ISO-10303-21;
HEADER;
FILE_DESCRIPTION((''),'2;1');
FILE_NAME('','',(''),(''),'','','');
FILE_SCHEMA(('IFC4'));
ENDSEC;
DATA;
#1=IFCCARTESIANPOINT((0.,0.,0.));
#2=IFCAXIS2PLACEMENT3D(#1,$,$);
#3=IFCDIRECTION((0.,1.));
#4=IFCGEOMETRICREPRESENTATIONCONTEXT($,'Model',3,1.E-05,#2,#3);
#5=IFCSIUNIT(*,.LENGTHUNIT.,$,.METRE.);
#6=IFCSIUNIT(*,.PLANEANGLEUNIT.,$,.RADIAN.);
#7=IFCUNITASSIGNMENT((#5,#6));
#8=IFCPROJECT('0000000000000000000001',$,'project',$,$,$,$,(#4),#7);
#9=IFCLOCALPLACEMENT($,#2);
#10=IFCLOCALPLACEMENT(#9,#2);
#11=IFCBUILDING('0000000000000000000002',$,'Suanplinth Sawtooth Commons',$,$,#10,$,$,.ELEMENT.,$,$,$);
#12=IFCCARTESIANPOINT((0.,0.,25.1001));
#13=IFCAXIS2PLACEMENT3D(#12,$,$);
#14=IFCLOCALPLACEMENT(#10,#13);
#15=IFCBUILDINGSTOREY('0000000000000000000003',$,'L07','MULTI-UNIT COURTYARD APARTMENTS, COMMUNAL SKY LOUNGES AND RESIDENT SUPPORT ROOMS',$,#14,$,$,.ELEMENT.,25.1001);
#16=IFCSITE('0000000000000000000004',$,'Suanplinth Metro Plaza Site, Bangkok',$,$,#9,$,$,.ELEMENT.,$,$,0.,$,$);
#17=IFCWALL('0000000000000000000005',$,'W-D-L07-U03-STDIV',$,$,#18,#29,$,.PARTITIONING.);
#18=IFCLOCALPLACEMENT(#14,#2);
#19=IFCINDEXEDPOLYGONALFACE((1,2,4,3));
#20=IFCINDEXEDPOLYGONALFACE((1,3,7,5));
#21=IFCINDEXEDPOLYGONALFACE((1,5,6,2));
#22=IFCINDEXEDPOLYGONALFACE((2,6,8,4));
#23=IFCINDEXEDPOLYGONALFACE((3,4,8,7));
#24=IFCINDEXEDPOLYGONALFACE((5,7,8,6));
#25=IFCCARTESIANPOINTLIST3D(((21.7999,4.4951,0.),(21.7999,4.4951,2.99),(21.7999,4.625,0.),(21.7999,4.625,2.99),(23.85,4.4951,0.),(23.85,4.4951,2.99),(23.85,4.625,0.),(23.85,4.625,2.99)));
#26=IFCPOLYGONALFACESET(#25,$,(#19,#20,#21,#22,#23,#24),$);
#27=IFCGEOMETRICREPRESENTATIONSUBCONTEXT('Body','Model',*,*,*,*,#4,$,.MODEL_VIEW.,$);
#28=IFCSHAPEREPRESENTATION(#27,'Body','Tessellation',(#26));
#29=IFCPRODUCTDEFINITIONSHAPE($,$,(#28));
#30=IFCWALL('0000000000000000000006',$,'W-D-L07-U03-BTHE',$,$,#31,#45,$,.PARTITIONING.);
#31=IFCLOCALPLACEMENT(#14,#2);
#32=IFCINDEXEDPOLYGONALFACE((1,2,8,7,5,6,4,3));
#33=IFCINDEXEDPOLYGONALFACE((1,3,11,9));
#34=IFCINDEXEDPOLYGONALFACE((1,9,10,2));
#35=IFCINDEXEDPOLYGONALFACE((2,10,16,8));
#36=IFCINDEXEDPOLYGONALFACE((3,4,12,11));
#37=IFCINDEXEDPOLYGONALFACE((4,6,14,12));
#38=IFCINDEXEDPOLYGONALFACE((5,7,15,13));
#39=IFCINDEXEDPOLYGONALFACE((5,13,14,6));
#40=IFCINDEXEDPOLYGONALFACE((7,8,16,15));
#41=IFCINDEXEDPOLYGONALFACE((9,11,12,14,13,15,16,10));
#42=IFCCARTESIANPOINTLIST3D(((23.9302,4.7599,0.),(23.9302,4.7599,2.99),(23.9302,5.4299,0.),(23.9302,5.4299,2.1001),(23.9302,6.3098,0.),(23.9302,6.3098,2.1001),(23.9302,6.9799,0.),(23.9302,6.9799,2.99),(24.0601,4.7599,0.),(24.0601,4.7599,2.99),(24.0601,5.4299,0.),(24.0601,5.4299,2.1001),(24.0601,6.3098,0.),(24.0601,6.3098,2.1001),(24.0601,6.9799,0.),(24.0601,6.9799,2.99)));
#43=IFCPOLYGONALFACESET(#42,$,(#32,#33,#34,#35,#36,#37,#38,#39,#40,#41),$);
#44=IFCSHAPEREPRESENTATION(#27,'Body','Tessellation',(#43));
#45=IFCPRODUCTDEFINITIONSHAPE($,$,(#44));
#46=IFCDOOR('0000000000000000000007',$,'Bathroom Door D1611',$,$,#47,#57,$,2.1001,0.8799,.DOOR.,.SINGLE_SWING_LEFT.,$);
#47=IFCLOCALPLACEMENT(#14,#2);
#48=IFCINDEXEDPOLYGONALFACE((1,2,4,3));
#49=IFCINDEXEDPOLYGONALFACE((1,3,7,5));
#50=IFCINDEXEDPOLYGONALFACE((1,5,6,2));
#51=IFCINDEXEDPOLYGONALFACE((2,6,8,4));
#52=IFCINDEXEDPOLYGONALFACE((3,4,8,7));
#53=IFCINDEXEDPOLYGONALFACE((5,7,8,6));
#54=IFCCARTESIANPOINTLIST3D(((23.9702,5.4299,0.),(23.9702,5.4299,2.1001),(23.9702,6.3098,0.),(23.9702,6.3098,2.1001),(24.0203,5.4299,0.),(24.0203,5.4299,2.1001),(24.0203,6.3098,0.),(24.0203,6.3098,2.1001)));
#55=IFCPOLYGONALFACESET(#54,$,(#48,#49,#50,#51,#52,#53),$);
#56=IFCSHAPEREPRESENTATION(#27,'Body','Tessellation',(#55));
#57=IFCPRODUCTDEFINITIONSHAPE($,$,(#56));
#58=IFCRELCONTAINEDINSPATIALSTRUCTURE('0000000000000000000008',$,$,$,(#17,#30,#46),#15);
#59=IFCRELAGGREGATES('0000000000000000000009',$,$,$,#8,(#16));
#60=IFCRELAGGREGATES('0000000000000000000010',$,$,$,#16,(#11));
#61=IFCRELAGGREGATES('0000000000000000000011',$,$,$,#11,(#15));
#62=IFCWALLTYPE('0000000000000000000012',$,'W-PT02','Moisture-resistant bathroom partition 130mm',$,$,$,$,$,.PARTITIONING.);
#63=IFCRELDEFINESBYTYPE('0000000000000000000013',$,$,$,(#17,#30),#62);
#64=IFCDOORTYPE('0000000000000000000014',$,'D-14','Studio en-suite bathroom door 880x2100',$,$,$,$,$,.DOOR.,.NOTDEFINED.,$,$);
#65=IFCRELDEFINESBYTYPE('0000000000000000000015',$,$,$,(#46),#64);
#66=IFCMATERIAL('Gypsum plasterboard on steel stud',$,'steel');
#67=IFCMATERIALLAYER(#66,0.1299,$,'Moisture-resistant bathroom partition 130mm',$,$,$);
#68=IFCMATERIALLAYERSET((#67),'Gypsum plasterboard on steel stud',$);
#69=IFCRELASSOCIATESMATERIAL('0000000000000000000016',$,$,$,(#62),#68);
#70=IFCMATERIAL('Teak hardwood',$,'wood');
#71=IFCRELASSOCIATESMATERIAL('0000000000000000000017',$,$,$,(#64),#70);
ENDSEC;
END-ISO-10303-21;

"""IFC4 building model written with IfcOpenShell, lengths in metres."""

from ifc_helpers import new_model, si_unit, direction, frame, frame_2d, origin, place, context, subcontext, project, spatial, rectangle, extrude, material, layer, layer_set, type_object, element, fill, save


model = new_model("IFC4")

# Units and contexts
model_context = context("Model", 3, precision=1e-05, world=origin(), true_north=direction((0.0, 1.0)))
body_context = subcontext(model_context, "Body", "Model", "MODEL_VIEW")
ifc_project = project(units=[si_unit("LENGTHUNIT", "METRE"), si_unit("PLANEANGLEUNIT", "RADIAN")], contexts=[model_context])

# Site, building, storey
site_placement = place(None, origin())
site = spatial("IfcSite", under=ifc_project, at=site_placement, Name="Suanplinth Metro Plaza Site, Bangkok", CompositionType="ELEMENT", RefElevation=0.0)
building_placement = place(site_placement, origin())
building = spatial("IfcBuilding", under=site, at=building_placement, Name="Suanplinth Sawtooth Commons", CompositionType="ELEMENT")
storey_placement = place(building_placement, frame((0.0, 0.0, 25.1001)))
storey = spatial("IfcBuildingStorey", under=building, at=storey_placement, Name="L07", Description="MULTI-UNIT COURTYARD APARTMENTS, COMMUNAL SKY LOUNGES AND RESIDENT SUPPORT ROOMS", CompositionType="ELEMENT", Elevation=25.1001)

# Shared definitions
ifc_material_1 = material(Name="Gypsum plasterboard on steel stud", Category="steel")
ifc_material_2 = material(Name="Teak hardwood", Category="wood")

# Wall
ifc_layer_1 = layer(ifc_material_1, 0.1299, Name="Moisture-resistant bathroom partition 130mm")
ifc_layer_set_1 = layer_set([ifc_layer_1], Name="Gypsum plasterboard on steel stud")
wall_type_1 = type_object("IfcWallType", Name="W-PT02", Description="Moisture-resistant bathroom partition 130mm", PredefinedType="PARTITIONING", material=ifc_layer_set_1)
wall_1_placement = place(storey_placement, frame((21.8, 4.5601, 0.0), z_axis=(0.0, 0.0, 1.0), x_axis=(1.0, 0.0, 0.0)))
element("IfcWall", 1, at=wall_1_placement, inside=storey, type_object=wall_type_1, Name="W-D-L07-U03-STDIV", PredefinedType="PARTITIONING", context=body_context, shape_type="SweptSolid", body=[
    extrude(rectangle(XDim=2.05, YDim=0.1299, at=frame_2d((1.0249, 0.0))), origin(), (0.0, 0.0, 1.0), 2.99),
])

# Wall, opening, door
wall_2_placement = place(storey_placement, frame((23.9951, 4.76, 0.0), z_axis=(0.0, 0.0, 1.0), x_axis=(0.0, 1.0, 0.0)))
wall_2 = element("IfcWall", 2, at=wall_2_placement, inside=storey, type_object=wall_type_1, Name="W-D-L07-U03-BTHE", PredefinedType="PARTITIONING", context=body_context, shape_type="SweptSolid", body=[
    extrude(rectangle(XDim=2.22, YDim=0.1299, at=frame_2d((1.1099, 0.0))), origin(), (0.0, 0.0, 1.0), 2.99),
])
opening_1_placement = place(wall_2_placement, frame((0.6699, 0.0, 0.0)))
opening_1 = element("IfcOpeningElement", 3, at=opening_1_placement, cuts=wall_2, PredefinedType="OPENING", context=body_context, shape_type="SweptSolid", body=[
    extrude(rectangle(XDim=0.8799, YDim=2.1001, at=frame_2d((0.4399, 1.05))), frame((0.0, 0.0798, 0.0), z_axis=(0.0, -1.0, 0.0), x_axis=(1.0, 0.0, 0.0)), (0.0, 0.0, 1.0), 0.1597),
])
door_type_1 = type_object("IfcDoorType", Name="D-14", Description="Studio en-suite bathroom door 880x2100", OperationType="NOTDEFINED", PredefinedType="DOOR", material=ifc_material_2)
door_1_placement = place(opening_1_placement, origin())
door_1 = element("IfcDoor", 4, at=door_1_placement, inside=storey, type_object=door_type_1, Name="Bathroom Door D1611", OperationType="SINGLE_SWING_LEFT", OverallHeight=2.1001, OverallWidth=0.8799, PredefinedType="DOOR", context=body_context, shape_type="SweptSolid", body=[
    extrude(rectangle(XDim=0.8799, YDim=2.1001, at=frame_2d((0.4399, 1.05))), frame((0.0, 0.0249, 0.0), z_axis=(0.0, -1.0, 0.0), x_axis=(1.0, 0.0, 0.0)), (0.0, 0.0, 1.0), 0.05),
])
fill(opening_1, door_1)

save(model, "model.ifc")
